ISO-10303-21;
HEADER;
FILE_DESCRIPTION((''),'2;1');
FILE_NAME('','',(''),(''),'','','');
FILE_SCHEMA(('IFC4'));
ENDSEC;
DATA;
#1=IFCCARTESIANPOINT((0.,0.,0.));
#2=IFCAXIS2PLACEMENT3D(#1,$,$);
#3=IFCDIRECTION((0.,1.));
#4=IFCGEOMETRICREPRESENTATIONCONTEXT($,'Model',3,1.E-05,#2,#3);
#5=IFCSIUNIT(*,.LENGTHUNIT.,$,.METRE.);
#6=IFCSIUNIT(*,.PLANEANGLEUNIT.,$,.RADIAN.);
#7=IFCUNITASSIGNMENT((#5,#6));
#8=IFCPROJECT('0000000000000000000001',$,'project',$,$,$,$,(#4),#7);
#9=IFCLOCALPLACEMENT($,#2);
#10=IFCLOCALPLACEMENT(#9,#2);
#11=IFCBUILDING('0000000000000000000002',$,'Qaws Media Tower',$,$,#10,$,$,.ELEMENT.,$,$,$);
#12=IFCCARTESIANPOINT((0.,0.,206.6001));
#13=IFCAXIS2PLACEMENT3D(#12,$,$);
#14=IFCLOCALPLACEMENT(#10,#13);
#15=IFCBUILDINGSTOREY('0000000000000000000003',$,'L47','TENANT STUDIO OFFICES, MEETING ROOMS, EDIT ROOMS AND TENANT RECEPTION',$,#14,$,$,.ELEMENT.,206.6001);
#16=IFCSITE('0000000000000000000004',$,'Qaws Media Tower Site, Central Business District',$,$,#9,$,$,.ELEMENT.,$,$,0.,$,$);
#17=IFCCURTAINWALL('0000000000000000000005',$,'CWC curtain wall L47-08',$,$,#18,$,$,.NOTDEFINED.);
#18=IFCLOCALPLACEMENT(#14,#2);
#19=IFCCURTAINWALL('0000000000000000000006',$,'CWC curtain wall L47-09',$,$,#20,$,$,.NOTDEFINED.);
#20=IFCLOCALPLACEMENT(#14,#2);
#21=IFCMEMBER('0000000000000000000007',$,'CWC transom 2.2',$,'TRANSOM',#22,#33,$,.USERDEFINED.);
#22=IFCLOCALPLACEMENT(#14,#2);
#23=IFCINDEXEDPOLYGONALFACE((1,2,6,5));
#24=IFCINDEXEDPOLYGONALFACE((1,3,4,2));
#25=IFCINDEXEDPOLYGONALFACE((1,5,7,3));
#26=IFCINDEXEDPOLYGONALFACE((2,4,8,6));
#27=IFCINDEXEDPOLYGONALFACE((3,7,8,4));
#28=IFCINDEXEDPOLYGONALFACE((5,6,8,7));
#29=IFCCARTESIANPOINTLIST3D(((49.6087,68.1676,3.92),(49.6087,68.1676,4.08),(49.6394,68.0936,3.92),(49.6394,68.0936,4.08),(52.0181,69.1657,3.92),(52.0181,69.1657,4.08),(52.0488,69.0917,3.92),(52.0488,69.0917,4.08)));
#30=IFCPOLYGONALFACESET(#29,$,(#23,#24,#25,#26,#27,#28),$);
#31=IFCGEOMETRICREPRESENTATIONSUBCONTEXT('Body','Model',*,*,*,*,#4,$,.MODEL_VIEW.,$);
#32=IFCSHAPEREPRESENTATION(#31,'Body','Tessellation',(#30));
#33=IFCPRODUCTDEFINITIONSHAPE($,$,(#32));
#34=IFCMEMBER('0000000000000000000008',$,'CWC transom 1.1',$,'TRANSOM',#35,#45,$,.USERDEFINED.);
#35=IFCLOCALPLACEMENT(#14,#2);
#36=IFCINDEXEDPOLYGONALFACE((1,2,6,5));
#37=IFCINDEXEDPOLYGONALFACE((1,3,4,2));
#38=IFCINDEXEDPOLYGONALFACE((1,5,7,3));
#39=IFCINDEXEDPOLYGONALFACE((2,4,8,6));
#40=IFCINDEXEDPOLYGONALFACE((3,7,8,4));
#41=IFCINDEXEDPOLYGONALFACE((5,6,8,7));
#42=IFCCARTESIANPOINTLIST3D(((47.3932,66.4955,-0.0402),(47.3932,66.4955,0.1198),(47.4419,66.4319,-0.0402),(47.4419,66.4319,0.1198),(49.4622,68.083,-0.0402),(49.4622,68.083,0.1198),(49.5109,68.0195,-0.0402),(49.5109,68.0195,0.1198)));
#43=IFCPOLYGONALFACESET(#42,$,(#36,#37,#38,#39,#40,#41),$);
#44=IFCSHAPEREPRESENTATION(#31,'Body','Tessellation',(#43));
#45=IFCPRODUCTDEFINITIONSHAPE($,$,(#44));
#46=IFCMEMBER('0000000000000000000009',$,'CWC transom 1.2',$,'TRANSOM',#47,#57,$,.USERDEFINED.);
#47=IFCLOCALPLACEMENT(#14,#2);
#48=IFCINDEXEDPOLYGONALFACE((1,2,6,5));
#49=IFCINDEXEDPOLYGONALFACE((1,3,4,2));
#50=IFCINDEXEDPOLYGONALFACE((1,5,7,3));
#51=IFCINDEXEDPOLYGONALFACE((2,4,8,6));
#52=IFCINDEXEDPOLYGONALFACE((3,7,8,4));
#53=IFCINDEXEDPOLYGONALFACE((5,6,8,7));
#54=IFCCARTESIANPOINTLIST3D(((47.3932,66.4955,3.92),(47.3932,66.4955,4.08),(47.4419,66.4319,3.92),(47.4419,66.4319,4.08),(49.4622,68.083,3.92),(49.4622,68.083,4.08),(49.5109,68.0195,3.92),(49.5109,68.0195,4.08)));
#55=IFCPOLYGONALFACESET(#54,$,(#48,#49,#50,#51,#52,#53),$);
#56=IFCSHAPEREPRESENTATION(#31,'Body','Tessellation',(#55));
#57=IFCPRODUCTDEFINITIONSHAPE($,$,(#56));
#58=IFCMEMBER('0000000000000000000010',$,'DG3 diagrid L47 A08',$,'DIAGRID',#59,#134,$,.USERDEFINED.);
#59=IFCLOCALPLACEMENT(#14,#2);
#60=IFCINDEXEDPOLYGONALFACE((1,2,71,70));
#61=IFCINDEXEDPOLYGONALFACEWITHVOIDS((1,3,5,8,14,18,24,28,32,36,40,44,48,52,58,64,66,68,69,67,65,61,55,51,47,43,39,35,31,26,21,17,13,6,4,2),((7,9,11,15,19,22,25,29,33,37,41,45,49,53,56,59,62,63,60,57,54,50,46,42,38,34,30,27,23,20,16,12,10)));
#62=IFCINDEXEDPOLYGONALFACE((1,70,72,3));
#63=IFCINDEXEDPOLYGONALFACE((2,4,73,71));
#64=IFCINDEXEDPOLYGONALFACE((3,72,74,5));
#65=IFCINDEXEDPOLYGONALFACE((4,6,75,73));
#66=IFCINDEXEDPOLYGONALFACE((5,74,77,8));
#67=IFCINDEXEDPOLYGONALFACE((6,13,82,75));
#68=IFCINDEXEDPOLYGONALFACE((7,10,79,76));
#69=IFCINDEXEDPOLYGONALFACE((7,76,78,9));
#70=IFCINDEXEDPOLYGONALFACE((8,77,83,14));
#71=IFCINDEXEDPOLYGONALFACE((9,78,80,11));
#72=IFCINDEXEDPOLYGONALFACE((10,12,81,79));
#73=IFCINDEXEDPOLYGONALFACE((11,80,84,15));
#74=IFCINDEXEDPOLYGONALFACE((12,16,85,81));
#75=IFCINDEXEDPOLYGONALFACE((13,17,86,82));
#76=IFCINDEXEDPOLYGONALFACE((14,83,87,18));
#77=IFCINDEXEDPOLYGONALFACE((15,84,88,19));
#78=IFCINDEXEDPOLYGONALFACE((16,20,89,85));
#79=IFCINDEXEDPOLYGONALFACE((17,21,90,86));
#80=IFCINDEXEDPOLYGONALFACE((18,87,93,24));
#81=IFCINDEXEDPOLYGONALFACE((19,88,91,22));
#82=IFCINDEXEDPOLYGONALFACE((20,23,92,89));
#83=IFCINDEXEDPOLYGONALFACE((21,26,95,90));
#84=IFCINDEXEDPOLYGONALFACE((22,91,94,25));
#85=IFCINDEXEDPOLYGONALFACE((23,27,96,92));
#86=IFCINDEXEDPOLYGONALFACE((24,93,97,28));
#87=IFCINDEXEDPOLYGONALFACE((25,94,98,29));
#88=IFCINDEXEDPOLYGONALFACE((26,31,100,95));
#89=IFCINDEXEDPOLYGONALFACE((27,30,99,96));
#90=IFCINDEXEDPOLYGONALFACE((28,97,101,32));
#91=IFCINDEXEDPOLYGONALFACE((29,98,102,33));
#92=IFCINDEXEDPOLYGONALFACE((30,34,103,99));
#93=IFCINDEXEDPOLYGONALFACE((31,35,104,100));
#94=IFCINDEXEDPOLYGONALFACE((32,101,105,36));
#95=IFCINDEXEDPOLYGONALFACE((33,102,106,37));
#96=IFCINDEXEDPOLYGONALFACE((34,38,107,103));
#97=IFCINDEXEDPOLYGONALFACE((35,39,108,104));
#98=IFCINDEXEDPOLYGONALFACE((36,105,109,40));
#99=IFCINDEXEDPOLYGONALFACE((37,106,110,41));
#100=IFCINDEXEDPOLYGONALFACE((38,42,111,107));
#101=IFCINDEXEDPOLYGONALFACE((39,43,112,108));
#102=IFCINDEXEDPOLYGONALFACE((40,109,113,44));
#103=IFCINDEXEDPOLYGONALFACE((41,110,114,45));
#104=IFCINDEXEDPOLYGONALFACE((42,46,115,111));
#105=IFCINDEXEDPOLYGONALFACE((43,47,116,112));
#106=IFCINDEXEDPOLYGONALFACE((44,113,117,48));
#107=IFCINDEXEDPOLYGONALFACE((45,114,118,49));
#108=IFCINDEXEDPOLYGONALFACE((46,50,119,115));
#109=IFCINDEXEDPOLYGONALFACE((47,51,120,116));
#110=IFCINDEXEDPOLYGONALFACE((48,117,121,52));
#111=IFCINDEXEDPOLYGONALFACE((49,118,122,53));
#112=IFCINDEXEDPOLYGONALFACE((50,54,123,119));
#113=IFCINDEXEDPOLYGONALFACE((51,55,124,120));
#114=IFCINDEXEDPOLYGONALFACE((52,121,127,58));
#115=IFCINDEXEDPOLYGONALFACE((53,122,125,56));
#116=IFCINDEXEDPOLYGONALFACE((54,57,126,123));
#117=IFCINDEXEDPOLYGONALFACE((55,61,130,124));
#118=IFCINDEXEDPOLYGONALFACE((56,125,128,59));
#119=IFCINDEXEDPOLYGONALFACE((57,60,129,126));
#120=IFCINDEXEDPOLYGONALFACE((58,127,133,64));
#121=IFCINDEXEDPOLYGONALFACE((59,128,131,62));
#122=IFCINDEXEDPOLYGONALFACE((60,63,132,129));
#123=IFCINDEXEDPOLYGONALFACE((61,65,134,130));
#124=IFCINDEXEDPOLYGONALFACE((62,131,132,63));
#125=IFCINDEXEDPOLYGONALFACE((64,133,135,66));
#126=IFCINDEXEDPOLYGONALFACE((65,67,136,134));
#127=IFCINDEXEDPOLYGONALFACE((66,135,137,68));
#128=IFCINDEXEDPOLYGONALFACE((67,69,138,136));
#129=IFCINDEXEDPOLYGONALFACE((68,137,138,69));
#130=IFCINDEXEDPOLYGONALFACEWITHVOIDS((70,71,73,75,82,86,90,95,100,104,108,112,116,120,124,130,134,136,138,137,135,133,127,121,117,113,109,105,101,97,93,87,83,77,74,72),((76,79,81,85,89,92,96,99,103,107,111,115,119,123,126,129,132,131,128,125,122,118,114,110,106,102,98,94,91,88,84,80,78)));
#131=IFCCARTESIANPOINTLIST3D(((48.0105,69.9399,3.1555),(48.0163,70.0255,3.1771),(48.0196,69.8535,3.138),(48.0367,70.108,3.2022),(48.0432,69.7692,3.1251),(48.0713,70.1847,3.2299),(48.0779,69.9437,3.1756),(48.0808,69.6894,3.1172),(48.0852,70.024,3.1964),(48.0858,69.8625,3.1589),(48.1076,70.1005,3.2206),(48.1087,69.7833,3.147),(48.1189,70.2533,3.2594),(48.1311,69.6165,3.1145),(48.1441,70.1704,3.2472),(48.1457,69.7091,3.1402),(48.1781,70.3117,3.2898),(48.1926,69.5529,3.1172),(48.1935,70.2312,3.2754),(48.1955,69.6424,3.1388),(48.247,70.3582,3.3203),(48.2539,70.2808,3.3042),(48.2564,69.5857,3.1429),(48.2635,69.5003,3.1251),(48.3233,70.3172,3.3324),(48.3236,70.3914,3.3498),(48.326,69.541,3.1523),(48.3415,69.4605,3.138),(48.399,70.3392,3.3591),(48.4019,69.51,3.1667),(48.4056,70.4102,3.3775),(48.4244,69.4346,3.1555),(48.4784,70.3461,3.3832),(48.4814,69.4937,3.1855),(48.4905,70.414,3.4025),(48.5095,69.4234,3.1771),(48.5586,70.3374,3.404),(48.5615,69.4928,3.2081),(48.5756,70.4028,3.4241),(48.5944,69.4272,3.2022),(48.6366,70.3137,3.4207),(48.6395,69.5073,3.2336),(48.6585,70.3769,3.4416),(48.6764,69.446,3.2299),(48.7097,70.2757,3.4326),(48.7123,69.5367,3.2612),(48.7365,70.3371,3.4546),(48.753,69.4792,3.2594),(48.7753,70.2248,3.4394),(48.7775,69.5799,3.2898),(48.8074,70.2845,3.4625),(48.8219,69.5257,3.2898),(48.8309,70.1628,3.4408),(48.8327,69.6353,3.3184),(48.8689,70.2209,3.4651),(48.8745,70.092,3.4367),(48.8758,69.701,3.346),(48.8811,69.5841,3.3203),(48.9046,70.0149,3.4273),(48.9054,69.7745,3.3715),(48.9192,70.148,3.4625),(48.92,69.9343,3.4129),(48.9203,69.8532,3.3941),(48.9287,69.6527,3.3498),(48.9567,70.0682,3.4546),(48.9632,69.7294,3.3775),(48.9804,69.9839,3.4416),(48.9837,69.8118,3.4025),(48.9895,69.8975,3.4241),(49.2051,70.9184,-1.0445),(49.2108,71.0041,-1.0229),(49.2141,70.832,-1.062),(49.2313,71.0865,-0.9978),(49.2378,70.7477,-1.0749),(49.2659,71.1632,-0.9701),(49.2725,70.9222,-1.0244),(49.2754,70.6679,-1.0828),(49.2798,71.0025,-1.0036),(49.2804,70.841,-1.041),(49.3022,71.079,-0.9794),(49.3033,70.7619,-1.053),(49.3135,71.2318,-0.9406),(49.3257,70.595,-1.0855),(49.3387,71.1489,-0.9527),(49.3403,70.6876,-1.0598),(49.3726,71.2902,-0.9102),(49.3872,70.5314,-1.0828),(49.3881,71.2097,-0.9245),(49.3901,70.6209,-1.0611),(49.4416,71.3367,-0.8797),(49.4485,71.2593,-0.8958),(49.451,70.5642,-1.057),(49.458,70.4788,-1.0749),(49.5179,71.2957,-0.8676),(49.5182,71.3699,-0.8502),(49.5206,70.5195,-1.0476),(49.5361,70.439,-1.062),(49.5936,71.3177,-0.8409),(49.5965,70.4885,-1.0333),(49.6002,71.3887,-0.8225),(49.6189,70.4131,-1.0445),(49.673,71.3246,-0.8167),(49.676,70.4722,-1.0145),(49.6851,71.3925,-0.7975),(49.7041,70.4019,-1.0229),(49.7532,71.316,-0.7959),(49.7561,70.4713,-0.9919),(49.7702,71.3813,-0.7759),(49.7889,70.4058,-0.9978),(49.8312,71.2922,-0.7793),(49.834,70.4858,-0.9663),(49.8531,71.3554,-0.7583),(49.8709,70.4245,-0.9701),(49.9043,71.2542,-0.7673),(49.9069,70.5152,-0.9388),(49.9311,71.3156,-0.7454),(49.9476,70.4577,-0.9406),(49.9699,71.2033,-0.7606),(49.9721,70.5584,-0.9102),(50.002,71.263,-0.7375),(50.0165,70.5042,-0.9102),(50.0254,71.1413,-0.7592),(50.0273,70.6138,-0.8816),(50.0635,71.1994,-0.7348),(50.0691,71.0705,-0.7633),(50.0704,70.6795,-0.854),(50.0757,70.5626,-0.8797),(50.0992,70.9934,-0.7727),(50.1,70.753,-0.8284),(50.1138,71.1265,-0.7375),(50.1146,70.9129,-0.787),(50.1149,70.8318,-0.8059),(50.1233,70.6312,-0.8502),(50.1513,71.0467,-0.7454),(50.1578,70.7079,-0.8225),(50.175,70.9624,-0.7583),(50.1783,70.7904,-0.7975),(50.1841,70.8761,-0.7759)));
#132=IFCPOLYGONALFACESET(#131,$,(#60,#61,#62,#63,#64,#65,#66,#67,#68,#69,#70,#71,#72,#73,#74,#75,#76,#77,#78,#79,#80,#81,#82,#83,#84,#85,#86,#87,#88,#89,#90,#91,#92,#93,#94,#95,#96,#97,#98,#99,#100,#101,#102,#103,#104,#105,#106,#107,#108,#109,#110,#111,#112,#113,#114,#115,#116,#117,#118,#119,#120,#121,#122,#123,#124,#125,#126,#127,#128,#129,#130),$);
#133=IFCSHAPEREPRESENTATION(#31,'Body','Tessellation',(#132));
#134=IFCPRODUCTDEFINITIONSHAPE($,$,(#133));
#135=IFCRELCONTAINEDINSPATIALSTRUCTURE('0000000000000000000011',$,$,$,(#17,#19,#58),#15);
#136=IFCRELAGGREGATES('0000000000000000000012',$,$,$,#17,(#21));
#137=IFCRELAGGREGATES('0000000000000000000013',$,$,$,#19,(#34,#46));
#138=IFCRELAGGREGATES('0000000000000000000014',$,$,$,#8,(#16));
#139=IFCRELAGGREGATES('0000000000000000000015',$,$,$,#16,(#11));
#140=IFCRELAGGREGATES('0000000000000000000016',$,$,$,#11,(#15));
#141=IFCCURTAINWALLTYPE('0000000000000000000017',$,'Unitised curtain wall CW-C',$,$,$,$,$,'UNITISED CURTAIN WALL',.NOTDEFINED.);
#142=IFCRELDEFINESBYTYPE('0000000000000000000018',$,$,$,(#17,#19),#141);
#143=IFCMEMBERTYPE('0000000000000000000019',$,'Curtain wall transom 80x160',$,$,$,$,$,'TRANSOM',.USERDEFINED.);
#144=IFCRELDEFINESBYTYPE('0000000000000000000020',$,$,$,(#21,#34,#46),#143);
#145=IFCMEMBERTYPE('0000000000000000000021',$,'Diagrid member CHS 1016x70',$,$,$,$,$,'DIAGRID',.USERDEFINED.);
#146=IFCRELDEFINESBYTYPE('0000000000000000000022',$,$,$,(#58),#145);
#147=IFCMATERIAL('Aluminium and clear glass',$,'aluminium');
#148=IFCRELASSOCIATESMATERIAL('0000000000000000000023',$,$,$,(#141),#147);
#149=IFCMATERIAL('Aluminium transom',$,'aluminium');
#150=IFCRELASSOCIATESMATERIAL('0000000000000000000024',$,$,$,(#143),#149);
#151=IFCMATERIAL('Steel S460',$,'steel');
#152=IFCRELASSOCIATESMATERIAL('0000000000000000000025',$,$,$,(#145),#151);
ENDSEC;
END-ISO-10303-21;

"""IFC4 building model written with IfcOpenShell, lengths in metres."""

from ifc_helpers import new_model, si_unit, direction, frame, origin, origin_2d, place, context, subcontext, project, spatial, rectangle, hollow_circle, extrude, material, material_profile, profile_set, type_object, element, aggregate, save


model = new_model("IFC4")

# Units and contexts
model_context = context("Model", 3, precision=1e-05, world=origin(), true_north=direction((0.0, 1.0)))
body_context = subcontext(model_context, "Body", "Model", "MODEL_VIEW")
ifc_project = project(units=[si_unit("LENGTHUNIT", "METRE"), si_unit("PLANEANGLEUNIT", "RADIAN")], contexts=[model_context])

# Site, building, storey
site_placement = place(None, origin())
site = spatial("IfcSite", under=ifc_project, at=site_placement, Name="Qaws Media Tower Site, Central Business District", CompositionType="ELEMENT", RefElevation=0.0)
building_placement = place(site_placement, origin())
building = spatial("IfcBuilding", under=site, at=building_placement, Name="Qaws Media Tower", CompositionType="ELEMENT")
storey_placement = place(building_placement, frame((0.0, 0.0, 206.6001)))
storey = spatial("IfcBuildingStorey", under=building, at=storey_placement, Name="L47", Description="TENANT STUDIO OFFICES, MEETING ROOMS, EDIT ROOMS AND TENANT RECEPTION", CompositionType="ELEMENT", Elevation=206.6001)

# Curtain walls
ifc_material_1 = material(Name="Aluminium and clear glass", Category="aluminium")
curtain_wall_type = type_object("IfcCurtainWallType", Name="Unitised curtain wall CW-C", ElementType="UNITISED CURTAIN WALL", PredefinedType="NOTDEFINED", material=ifc_material_1)
curtain_wall_1_placement = place(storey_placement, origin())
curtain_wall_1 = element("IfcCurtainWall", 1, at=curtain_wall_1_placement, inside=storey, type_object=curtain_wall_type, Name="CWC curtain wall L47-08", PredefinedType="NOTDEFINED")
curtain_wall_2_placement = place(storey_placement, origin())
curtain_wall_2 = element("IfcCurtainWall", 2, at=curtain_wall_2_placement, inside=storey, type_object=curtain_wall_type, Name="CWC curtain wall L47-09", PredefinedType="NOTDEFINED")

# Members
ifc_material_2 = material(Name="Aluminium transom", Category="aluminium")
ifc_material_profile_1 = material_profile(ifc_material_2, rectangle(XDim=0.0801, YDim=0.1599, at=origin_2d()), Name="80x160")
ifc_profile_set_1 = profile_set([ifc_material_profile_1], Name="Aluminium transom")
member_type_1 = type_object("IfcMemberType", Name="Curtain wall transom 80x160", ElementType="TRANSOM", PredefinedType="USERDEFINED", material=ifc_profile_set_1)
member_1_placement = place(storey_placement, frame((52.0334, 69.1287, 4.0), z_axis=(-0.923875, -0.382694, 0.0), x_axis=(0.382694, -0.923875, 0.0)))
member_1 = element("IfcMember", 3, at=member_1_placement, type_object=member_type_1, Name="CWC transom 2.2", ObjectType="TRANSOM", PredefinedType="USERDEFINED", context=body_context, shape_type="SweptSolid", body=[
    extrude(rectangle(XDim=0.0801, YDim=0.1599, at=origin_2d()), origin(), (0.0, 0.0, 1.0), 2.6079),
])
member_2_placement = place(storey_placement, frame((49.4866, 68.0513, 0.0398), z_axis=(-0.793358, -0.608756, 0.0), x_axis=(0.608756, -0.793358, 0.0)))
member_2 = element("IfcMember", 4, at=member_2_placement, type_object=member_type_1, Name="CWC transom 1.1", ObjectType="TRANSOM", PredefinedType="USERDEFINED", context=body_context, shape_type="SweptSolid", body=[
    extrude(rectangle(XDim=0.0801, YDim=0.1599, at=origin_2d()), origin(), (0.0, 0.0, 1.0), 2.6079),
])
member_3_placement = place(storey_placement, frame((49.4866, 68.0513, 4.0), z_axis=(-0.793358, -0.608756, 0.0), x_axis=(0.608756, -0.793358, 0.0)))
member_3 = element("IfcMember", 5, at=member_3_placement, type_object=member_type_1, Name="CWC transom 1.2", ObjectType="TRANSOM", PredefinedType="USERDEFINED", context=body_context, shape_type="SweptSolid", body=[
    extrude(rectangle(XDim=0.0801, YDim=0.1599, at=origin_2d()), origin(), (0.0, 0.0, 1.0), 2.6079),
])

# Member
ifc_material_3 = material(Name="Steel S460", Category="steel")
ifc_material_profile_2 = material_profile(ifc_material_3, hollow_circle(Radius=0.5081, WallThickness=0.0701, at=origin_2d()), Name="CHS 1016x70")
ifc_profile_set_2 = profile_set([ifc_material_profile_2], Name="Steel S460")
member_type_2 = type_object("IfcMemberType", Name="Diagrid member CHS 1016x70", ElementType="DIAGRID", PredefinedType="USERDEFINED", material=ifc_profile_set_2)
for number, where, z_axis, x_axis, name in (
    (6, (49.6946, 70.8972, -0.9102), (-0.266955, -0.218671, 0.938572), (0.633677, -0.773598, 0.0), "DG3 diagrid L47 A08"),
):
    element("IfcMember", number, at=place(storey_placement, frame(where, z_axis=z_axis, x_axis=x_axis)), inside=storey, type_object=member_type_2, Name=name, ObjectType="DIAGRID", PredefinedType="USERDEFINED", context=body_context, shape_type="SweptSolid", body=[
        extrude(hollow_circle(Radius=0.5081, WallThickness=0.0701, at=origin_2d()), origin(), (0.0, 0.0, 1.0), 4.4749),
    ])

aggregate(curtain_wall_1, [member_1])
aggregate(curtain_wall_2, [member_2, member_3])

save(model, "model.ifc")
